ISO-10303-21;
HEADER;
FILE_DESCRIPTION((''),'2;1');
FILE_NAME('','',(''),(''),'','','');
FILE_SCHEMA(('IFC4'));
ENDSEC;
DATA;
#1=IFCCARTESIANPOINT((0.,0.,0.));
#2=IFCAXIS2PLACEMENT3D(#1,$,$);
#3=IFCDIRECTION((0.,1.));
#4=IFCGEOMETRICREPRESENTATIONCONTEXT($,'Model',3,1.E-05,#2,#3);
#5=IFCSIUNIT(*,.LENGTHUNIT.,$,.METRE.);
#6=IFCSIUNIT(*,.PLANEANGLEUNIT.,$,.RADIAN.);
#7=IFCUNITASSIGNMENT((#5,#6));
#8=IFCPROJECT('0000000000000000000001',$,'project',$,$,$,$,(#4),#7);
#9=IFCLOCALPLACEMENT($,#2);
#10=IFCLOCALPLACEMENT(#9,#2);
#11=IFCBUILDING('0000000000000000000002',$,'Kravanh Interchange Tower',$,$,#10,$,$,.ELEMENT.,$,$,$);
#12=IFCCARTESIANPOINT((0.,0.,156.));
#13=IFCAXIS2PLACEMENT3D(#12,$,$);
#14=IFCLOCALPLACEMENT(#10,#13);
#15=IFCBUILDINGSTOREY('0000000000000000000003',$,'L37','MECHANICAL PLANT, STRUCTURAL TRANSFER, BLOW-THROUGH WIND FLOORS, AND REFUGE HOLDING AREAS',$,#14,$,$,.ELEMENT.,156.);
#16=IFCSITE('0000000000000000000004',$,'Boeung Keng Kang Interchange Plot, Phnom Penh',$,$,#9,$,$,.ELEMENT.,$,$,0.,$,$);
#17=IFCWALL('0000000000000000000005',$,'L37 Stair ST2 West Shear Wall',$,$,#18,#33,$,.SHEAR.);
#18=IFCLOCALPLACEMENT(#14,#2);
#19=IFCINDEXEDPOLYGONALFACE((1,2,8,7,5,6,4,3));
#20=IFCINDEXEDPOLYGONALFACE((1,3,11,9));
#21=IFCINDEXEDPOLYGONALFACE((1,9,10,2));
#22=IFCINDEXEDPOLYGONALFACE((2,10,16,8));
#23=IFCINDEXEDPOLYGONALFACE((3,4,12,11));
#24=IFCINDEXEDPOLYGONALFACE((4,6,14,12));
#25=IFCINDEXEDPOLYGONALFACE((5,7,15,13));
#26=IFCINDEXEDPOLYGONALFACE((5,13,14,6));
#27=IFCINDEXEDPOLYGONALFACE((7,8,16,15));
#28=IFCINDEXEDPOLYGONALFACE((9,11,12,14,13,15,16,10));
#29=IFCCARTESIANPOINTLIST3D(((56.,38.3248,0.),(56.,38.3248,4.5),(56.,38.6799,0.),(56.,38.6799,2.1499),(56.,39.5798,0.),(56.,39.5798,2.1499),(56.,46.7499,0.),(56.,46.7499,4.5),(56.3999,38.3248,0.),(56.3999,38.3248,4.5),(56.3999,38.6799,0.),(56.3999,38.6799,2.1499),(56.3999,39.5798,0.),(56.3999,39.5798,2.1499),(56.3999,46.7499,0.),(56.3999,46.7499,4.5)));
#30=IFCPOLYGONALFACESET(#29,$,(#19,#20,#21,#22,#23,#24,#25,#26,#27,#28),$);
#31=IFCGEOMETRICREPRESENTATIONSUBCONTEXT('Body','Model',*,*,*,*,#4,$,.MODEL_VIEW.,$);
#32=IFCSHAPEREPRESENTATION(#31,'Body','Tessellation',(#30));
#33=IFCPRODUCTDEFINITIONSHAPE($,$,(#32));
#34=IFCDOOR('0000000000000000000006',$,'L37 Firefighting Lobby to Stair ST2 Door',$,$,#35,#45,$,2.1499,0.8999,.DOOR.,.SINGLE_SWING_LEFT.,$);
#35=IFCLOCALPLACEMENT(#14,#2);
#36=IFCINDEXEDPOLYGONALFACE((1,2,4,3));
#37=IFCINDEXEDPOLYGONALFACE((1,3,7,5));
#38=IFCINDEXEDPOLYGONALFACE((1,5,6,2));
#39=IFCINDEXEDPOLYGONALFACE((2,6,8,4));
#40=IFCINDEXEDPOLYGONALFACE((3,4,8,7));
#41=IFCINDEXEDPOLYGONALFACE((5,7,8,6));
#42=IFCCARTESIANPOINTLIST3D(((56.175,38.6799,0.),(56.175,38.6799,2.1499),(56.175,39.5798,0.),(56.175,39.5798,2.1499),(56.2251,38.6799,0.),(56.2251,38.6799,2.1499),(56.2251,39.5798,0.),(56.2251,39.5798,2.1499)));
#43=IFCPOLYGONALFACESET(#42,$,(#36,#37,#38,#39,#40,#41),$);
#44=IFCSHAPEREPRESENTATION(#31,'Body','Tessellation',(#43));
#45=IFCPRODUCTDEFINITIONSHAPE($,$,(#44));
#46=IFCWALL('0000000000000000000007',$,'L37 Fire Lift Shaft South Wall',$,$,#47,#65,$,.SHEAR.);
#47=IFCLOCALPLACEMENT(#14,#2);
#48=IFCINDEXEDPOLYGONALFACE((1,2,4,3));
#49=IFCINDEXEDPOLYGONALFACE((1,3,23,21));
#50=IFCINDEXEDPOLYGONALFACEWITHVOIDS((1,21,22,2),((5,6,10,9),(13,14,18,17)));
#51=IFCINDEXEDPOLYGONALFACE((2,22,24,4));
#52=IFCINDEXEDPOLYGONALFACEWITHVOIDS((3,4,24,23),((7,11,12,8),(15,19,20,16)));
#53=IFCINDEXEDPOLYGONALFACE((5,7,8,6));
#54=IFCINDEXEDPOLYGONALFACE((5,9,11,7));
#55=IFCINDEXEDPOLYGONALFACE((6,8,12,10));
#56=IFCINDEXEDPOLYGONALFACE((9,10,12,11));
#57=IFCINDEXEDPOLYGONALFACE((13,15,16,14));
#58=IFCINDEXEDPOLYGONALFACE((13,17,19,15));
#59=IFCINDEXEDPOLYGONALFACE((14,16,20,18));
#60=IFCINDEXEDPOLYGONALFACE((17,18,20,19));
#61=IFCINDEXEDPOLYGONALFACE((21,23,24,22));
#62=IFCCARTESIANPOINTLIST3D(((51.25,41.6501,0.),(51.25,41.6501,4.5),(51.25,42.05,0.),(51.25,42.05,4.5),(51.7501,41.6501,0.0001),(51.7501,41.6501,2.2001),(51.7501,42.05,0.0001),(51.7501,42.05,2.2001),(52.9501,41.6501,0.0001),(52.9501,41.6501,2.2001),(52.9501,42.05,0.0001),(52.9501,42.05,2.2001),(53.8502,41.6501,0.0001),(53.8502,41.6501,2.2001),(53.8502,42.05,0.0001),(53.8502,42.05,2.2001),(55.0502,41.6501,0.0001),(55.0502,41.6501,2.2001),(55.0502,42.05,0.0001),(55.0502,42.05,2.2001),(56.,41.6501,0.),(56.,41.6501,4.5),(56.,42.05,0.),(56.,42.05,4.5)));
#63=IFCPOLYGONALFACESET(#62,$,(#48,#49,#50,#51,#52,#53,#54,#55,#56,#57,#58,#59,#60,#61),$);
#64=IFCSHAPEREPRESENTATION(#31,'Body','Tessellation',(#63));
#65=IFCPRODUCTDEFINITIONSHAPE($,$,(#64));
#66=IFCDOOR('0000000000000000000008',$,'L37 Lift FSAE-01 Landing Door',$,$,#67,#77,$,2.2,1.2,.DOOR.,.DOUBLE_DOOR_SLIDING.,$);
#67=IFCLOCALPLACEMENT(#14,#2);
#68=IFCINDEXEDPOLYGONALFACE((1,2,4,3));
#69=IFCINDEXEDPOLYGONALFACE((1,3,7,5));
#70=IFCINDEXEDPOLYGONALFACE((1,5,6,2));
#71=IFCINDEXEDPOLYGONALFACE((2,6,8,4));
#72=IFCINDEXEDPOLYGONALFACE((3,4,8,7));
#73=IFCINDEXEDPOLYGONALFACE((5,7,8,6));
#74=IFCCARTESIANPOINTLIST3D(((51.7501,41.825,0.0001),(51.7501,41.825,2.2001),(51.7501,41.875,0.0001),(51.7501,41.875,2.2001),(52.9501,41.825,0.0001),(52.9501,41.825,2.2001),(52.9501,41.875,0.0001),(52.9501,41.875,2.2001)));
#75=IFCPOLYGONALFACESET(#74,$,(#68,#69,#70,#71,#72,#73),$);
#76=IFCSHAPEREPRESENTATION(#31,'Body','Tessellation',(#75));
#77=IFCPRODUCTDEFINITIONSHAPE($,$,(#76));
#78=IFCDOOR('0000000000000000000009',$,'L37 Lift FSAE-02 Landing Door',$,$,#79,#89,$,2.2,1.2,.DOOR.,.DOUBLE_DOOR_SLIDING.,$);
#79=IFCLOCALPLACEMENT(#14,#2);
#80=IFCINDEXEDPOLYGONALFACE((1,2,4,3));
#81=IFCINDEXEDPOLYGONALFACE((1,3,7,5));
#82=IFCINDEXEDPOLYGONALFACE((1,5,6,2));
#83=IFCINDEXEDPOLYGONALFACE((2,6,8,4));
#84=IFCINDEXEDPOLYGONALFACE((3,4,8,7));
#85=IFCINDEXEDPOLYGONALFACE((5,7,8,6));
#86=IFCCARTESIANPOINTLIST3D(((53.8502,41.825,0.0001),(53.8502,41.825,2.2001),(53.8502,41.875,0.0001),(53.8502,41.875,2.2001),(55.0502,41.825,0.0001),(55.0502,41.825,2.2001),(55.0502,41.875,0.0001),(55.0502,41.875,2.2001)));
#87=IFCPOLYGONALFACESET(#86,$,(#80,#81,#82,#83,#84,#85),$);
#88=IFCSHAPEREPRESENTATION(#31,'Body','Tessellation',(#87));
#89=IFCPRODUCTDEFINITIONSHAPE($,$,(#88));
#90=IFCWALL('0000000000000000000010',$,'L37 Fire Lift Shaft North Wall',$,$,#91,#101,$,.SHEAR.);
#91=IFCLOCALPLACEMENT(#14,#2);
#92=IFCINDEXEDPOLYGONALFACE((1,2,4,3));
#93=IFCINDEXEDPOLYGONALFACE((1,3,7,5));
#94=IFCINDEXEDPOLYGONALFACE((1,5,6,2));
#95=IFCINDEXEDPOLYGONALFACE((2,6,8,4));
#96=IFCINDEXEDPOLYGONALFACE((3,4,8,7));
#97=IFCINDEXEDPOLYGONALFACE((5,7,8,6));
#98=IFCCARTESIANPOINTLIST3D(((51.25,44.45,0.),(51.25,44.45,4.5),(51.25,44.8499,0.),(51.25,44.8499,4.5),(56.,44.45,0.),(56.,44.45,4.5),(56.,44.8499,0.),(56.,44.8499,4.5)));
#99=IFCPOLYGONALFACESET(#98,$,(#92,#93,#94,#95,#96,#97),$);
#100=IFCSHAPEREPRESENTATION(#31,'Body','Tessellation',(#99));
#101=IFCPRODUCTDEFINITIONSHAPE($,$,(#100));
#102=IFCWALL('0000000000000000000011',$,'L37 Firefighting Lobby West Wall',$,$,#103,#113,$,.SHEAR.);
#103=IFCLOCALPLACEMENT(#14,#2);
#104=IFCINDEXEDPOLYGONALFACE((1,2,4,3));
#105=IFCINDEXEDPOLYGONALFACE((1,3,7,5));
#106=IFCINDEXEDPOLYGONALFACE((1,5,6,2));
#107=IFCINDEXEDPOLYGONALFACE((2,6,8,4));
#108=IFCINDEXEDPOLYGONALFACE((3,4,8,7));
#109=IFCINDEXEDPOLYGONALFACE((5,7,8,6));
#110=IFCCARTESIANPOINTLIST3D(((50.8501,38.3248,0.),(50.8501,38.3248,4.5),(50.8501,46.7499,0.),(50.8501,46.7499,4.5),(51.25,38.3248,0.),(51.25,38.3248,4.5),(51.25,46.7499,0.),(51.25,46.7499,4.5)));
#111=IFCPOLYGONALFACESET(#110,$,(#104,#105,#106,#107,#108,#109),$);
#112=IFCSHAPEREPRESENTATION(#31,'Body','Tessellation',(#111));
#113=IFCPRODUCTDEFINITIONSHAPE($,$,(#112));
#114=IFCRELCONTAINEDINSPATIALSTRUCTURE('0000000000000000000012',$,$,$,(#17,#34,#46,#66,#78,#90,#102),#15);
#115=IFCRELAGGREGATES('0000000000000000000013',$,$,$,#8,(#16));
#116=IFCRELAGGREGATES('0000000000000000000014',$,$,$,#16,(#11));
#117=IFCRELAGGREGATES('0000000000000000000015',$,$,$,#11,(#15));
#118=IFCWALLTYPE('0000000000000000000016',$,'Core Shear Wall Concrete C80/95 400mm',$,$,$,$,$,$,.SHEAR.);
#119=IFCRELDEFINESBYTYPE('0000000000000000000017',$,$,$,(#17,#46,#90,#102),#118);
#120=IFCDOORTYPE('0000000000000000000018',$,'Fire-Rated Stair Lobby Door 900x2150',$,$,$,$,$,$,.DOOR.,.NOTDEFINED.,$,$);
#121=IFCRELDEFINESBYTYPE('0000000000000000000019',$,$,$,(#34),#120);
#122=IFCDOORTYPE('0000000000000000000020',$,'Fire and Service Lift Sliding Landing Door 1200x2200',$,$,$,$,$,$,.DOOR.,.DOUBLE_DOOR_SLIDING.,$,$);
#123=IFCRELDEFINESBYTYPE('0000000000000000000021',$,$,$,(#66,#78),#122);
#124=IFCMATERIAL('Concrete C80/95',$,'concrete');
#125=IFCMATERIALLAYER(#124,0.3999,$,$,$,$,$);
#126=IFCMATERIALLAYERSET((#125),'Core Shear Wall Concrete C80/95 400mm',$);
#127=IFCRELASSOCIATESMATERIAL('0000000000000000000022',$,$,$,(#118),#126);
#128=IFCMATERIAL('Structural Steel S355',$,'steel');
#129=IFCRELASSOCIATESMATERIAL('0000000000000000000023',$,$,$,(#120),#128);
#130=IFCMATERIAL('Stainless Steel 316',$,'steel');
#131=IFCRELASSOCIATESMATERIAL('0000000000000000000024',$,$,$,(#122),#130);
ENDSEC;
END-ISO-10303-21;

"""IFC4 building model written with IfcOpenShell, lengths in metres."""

from ifc_helpers import new_model, si_unit, direction, frame, frame_2d, origin, place, context, subcontext, project, spatial, rectangle, extrude, material, layer, layer_set, type_object, element, fill, save


model = new_model("IFC4")

# Units and contexts
model_context = context("Model", 3, precision=1e-05, world=origin(), true_north=direction((0.0, 1.0)))
body_context = subcontext(model_context, "Body", "Model", "MODEL_VIEW")
ifc_project = project(units=[si_unit("LENGTHUNIT", "METRE"), si_unit("PLANEANGLEUNIT", "RADIAN")], contexts=[model_context])

# Site, building, storey
site_placement = place(None, origin())
site = spatial("IfcSite", under=ifc_project, at=site_placement, Name="Boeung Keng Kang Interchange Plot, Phnom Penh", CompositionType="ELEMENT", RefElevation=0.0)
building_placement = place(site_placement, origin())
building = spatial("IfcBuilding", under=site, at=building_placement, Name="Kravanh Interchange Tower", CompositionType="ELEMENT")
storey_placement = place(building_placement, frame((0.0, 0.0, 156.0)))
storey = spatial("IfcBuildingStorey", under=building, at=storey_placement, Name="L37", Description="MECHANICAL PLANT, STRUCTURAL TRANSFER, BLOW-THROUGH WIND FLOORS, AND REFUGE HOLDING AREAS", CompositionType="ELEMENT", Elevation=156.0)

# Wall, opening, door
ifc_material_1 = material(Name="Concrete C80/95", Category="concrete")
ifc_layer_1 = layer(ifc_material_1, 0.3999)
ifc_layer_set_1 = layer_set([ifc_layer_1], Name="Core Shear Wall Concrete C80/95 400mm")
wall_type_1 = type_object("IfcWallType", Name="Core Shear Wall Concrete C80/95 400mm", PredefinedType="SHEAR", material=ifc_layer_set_1)
wall_1_placement = place(storey_placement, frame((56.2, 38.325, 0.0), z_axis=(0.0, 0.0, 1.0), x_axis=(0.0, 1.0, 0.0)))
wall_1 = element("IfcWall", 1, at=wall_1_placement, inside=storey, type_object=wall_type_1, Name="L37 Stair ST2 West Shear Wall", PredefinedType="SHEAR", context=body_context, shape_type="SweptSolid", body=[
    extrude(rectangle(XDim=8.425, YDim=0.3999, at=frame_2d((4.2124, 0.0))), origin(), (0.0, 0.0, 1.0), 4.5),
])
opening_1_placement = place(wall_1_placement, frame((0.355, 0.0, 0.0)))
opening_1 = element("IfcOpeningElement", 2, at=opening_1_placement, cuts=wall_1, PredefinedType="OPENING", context=body_context, shape_type="SweptSolid", body=[
    extrude(rectangle(XDim=0.8999, YDim=2.1499, at=frame_2d((0.45, 1.075))), frame((0.0, 0.21, 0.0), z_axis=(0.0, -1.0, 0.0), x_axis=(1.0, 0.0, 0.0)), (0.0, 0.0, 1.0), 0.4199),
])
ifc_material_2 = material(Name="Structural Steel S355", Category="steel")
door_type_1 = type_object("IfcDoorType", Name="Fire-Rated Stair Lobby Door 900x2150", OperationType="NOTDEFINED", PredefinedType="DOOR", material=ifc_material_2)
door_1_placement = place(opening_1_placement, origin())
door_1 = element("IfcDoor", 3, at=door_1_placement, inside=storey, type_object=door_type_1, Name="L37 Firefighting Lobby to Stair ST2 Door", OperationType="SINGLE_SWING_LEFT", OverallHeight=2.1499, OverallWidth=0.8999, PredefinedType="DOOR", context=body_context, shape_type="SweptSolid", body=[
    extrude(rectangle(XDim=0.8999, YDim=2.1499, at=frame_2d((0.45, 1.075))), frame((0.0, 0.0249, 0.0), z_axis=(0.0, -1.0, 0.0), x_axis=(1.0, 0.0, 0.0)), (0.0, 0.0, 1.0), 0.05),
])
fill(opening_1, door_1)

# Wall, openings, doors
wall_2_placement = place(storey_placement, frame((51.25, 41.8501, 0.0), z_axis=(0.0, 0.0, 1.0), x_axis=(1.0, 0.0, 0.0)))
wall_2 = element("IfcWall", 4, at=wall_2_placement, inside=storey, type_object=wall_type_1, Name="L37 Fire Lift Shaft South Wall", PredefinedType="SHEAR", context=body_context, shape_type="SweptSolid", body=[
    extrude(rectangle(XDim=4.75, YDim=0.3999, at=frame_2d((2.375, 0.0))), origin(), (0.0, 0.0, 1.0), 4.5),
])
opening_2_placement = place(wall_2_placement, frame((0.5, 0.0, 0.0)))
opening_2 = element("IfcOpeningElement", 5, at=opening_2_placement, cuts=wall_2, PredefinedType="OPENING", context=body_context, shape_type="SweptSolid", body=[
    extrude(rectangle(XDim=1.2, YDim=2.2, at=frame_2d((0.6001, 1.1001))), frame((0.0, 0.21, 0.0), z_axis=(0.0, -1.0, 0.0), x_axis=(1.0, 0.0, 0.0)), (0.0, 0.0, 1.0), 0.4199),
])
opening_3_placement = place(wall_2_placement, frame((2.6001, 0.0, 0.0)))
opening_3 = element("IfcOpeningElement", 6, at=opening_3_placement, cuts=wall_2, PredefinedType="OPENING", context=body_context, shape_type="SweptSolid", body=[
    extrude(rectangle(XDim=1.2, YDim=2.2, at=frame_2d((0.6001, 1.1001))), frame((0.0, 0.21, 0.0), z_axis=(0.0, -1.0, 0.0), x_axis=(1.0, 0.0, 0.0)), (0.0, 0.0, 1.0), 0.4199),
])
ifc_material_3 = material(Name="Stainless Steel 316", Category="steel")
door_type_2 = type_object("IfcDoorType", Name="Fire and Service Lift Sliding Landing Door 1200x2200", OperationType="DOUBLE_DOOR_SLIDING", PredefinedType="DOOR", material=ifc_material_3)
door_2_placement = place(opening_2_placement, origin())
door_2 = element("IfcDoor", 7, at=door_2_placement, inside=storey, type_object=door_type_2, Name="L37 Lift FSAE-01 Landing Door", OperationType="DOUBLE_DOOR_SLIDING", OverallHeight=2.2, OverallWidth=1.2, PredefinedType="DOOR", context=body_context, shape_type="SweptSolid", body=[
    extrude(rectangle(XDim=1.2, YDim=2.2, at=frame_2d((0.6001, 1.1001))), frame((0.0, 0.0249, 0.0), z_axis=(0.0, -1.0, 0.0), x_axis=(1.0, 0.0, 0.0)), (0.0, 0.0, 1.0), 0.05),
])
fill(opening_2, door_2)
door_3_placement = place(opening_3_placement, origin())
door_3 = element("IfcDoor", 8, at=door_3_placement, inside=storey, type_object=door_type_2, Name="L37 Lift FSAE-02 Landing Door", OperationType="DOUBLE_DOOR_SLIDING", OverallHeight=2.2, OverallWidth=1.2, PredefinedType="DOOR", context=body_context, shape_type="SweptSolid", body=[
    extrude(rectangle(XDim=1.2, YDim=2.2, at=frame_2d((0.6001, 1.1001))), frame((0.0, 0.0249, 0.0), z_axis=(0.0, -1.0, 0.0), x_axis=(1.0, 0.0, 0.0)), (0.0, 0.0, 1.0), 0.05),
])
fill(opening_3, door_3)

# Walls
wall_3_placement = place(storey_placement, frame((51.25, 44.6499, 0.0), z_axis=(0.0, 0.0, 1.0), x_axis=(1.0, 0.0, 0.0)))
element("IfcWall", 9, at=wall_3_placement, inside=storey, type_object=wall_type_1, Name="L37 Fire Lift Shaft North Wall", PredefinedType="SHEAR", context=body_context, shape_type="SweptSolid", body=[
    extrude(rectangle(XDim=4.75, YDim=0.3999, at=frame_2d((2.375, 0.0))), origin(), (0.0, 0.0, 1.0), 4.5),
])
wall_4_placement = place(storey_placement, frame((51.05, 38.325, 0.0), z_axis=(0.0, 0.0, 1.0), x_axis=(0.0, 1.0, 0.0)))
element("IfcWall", 10, at=wall_4_placement, inside=storey, type_object=wall_type_1, Name="L37 Firefighting Lobby West Wall", PredefinedType="SHEAR", context=body_context, shape_type="SweptSolid", body=[
    extrude(rectangle(XDim=8.425, YDim=0.3999, at=frame_2d((4.2124, 0.0))), origin(), (0.0, 0.0, 1.0), 4.5),
])

save(model, "model.ifc")
